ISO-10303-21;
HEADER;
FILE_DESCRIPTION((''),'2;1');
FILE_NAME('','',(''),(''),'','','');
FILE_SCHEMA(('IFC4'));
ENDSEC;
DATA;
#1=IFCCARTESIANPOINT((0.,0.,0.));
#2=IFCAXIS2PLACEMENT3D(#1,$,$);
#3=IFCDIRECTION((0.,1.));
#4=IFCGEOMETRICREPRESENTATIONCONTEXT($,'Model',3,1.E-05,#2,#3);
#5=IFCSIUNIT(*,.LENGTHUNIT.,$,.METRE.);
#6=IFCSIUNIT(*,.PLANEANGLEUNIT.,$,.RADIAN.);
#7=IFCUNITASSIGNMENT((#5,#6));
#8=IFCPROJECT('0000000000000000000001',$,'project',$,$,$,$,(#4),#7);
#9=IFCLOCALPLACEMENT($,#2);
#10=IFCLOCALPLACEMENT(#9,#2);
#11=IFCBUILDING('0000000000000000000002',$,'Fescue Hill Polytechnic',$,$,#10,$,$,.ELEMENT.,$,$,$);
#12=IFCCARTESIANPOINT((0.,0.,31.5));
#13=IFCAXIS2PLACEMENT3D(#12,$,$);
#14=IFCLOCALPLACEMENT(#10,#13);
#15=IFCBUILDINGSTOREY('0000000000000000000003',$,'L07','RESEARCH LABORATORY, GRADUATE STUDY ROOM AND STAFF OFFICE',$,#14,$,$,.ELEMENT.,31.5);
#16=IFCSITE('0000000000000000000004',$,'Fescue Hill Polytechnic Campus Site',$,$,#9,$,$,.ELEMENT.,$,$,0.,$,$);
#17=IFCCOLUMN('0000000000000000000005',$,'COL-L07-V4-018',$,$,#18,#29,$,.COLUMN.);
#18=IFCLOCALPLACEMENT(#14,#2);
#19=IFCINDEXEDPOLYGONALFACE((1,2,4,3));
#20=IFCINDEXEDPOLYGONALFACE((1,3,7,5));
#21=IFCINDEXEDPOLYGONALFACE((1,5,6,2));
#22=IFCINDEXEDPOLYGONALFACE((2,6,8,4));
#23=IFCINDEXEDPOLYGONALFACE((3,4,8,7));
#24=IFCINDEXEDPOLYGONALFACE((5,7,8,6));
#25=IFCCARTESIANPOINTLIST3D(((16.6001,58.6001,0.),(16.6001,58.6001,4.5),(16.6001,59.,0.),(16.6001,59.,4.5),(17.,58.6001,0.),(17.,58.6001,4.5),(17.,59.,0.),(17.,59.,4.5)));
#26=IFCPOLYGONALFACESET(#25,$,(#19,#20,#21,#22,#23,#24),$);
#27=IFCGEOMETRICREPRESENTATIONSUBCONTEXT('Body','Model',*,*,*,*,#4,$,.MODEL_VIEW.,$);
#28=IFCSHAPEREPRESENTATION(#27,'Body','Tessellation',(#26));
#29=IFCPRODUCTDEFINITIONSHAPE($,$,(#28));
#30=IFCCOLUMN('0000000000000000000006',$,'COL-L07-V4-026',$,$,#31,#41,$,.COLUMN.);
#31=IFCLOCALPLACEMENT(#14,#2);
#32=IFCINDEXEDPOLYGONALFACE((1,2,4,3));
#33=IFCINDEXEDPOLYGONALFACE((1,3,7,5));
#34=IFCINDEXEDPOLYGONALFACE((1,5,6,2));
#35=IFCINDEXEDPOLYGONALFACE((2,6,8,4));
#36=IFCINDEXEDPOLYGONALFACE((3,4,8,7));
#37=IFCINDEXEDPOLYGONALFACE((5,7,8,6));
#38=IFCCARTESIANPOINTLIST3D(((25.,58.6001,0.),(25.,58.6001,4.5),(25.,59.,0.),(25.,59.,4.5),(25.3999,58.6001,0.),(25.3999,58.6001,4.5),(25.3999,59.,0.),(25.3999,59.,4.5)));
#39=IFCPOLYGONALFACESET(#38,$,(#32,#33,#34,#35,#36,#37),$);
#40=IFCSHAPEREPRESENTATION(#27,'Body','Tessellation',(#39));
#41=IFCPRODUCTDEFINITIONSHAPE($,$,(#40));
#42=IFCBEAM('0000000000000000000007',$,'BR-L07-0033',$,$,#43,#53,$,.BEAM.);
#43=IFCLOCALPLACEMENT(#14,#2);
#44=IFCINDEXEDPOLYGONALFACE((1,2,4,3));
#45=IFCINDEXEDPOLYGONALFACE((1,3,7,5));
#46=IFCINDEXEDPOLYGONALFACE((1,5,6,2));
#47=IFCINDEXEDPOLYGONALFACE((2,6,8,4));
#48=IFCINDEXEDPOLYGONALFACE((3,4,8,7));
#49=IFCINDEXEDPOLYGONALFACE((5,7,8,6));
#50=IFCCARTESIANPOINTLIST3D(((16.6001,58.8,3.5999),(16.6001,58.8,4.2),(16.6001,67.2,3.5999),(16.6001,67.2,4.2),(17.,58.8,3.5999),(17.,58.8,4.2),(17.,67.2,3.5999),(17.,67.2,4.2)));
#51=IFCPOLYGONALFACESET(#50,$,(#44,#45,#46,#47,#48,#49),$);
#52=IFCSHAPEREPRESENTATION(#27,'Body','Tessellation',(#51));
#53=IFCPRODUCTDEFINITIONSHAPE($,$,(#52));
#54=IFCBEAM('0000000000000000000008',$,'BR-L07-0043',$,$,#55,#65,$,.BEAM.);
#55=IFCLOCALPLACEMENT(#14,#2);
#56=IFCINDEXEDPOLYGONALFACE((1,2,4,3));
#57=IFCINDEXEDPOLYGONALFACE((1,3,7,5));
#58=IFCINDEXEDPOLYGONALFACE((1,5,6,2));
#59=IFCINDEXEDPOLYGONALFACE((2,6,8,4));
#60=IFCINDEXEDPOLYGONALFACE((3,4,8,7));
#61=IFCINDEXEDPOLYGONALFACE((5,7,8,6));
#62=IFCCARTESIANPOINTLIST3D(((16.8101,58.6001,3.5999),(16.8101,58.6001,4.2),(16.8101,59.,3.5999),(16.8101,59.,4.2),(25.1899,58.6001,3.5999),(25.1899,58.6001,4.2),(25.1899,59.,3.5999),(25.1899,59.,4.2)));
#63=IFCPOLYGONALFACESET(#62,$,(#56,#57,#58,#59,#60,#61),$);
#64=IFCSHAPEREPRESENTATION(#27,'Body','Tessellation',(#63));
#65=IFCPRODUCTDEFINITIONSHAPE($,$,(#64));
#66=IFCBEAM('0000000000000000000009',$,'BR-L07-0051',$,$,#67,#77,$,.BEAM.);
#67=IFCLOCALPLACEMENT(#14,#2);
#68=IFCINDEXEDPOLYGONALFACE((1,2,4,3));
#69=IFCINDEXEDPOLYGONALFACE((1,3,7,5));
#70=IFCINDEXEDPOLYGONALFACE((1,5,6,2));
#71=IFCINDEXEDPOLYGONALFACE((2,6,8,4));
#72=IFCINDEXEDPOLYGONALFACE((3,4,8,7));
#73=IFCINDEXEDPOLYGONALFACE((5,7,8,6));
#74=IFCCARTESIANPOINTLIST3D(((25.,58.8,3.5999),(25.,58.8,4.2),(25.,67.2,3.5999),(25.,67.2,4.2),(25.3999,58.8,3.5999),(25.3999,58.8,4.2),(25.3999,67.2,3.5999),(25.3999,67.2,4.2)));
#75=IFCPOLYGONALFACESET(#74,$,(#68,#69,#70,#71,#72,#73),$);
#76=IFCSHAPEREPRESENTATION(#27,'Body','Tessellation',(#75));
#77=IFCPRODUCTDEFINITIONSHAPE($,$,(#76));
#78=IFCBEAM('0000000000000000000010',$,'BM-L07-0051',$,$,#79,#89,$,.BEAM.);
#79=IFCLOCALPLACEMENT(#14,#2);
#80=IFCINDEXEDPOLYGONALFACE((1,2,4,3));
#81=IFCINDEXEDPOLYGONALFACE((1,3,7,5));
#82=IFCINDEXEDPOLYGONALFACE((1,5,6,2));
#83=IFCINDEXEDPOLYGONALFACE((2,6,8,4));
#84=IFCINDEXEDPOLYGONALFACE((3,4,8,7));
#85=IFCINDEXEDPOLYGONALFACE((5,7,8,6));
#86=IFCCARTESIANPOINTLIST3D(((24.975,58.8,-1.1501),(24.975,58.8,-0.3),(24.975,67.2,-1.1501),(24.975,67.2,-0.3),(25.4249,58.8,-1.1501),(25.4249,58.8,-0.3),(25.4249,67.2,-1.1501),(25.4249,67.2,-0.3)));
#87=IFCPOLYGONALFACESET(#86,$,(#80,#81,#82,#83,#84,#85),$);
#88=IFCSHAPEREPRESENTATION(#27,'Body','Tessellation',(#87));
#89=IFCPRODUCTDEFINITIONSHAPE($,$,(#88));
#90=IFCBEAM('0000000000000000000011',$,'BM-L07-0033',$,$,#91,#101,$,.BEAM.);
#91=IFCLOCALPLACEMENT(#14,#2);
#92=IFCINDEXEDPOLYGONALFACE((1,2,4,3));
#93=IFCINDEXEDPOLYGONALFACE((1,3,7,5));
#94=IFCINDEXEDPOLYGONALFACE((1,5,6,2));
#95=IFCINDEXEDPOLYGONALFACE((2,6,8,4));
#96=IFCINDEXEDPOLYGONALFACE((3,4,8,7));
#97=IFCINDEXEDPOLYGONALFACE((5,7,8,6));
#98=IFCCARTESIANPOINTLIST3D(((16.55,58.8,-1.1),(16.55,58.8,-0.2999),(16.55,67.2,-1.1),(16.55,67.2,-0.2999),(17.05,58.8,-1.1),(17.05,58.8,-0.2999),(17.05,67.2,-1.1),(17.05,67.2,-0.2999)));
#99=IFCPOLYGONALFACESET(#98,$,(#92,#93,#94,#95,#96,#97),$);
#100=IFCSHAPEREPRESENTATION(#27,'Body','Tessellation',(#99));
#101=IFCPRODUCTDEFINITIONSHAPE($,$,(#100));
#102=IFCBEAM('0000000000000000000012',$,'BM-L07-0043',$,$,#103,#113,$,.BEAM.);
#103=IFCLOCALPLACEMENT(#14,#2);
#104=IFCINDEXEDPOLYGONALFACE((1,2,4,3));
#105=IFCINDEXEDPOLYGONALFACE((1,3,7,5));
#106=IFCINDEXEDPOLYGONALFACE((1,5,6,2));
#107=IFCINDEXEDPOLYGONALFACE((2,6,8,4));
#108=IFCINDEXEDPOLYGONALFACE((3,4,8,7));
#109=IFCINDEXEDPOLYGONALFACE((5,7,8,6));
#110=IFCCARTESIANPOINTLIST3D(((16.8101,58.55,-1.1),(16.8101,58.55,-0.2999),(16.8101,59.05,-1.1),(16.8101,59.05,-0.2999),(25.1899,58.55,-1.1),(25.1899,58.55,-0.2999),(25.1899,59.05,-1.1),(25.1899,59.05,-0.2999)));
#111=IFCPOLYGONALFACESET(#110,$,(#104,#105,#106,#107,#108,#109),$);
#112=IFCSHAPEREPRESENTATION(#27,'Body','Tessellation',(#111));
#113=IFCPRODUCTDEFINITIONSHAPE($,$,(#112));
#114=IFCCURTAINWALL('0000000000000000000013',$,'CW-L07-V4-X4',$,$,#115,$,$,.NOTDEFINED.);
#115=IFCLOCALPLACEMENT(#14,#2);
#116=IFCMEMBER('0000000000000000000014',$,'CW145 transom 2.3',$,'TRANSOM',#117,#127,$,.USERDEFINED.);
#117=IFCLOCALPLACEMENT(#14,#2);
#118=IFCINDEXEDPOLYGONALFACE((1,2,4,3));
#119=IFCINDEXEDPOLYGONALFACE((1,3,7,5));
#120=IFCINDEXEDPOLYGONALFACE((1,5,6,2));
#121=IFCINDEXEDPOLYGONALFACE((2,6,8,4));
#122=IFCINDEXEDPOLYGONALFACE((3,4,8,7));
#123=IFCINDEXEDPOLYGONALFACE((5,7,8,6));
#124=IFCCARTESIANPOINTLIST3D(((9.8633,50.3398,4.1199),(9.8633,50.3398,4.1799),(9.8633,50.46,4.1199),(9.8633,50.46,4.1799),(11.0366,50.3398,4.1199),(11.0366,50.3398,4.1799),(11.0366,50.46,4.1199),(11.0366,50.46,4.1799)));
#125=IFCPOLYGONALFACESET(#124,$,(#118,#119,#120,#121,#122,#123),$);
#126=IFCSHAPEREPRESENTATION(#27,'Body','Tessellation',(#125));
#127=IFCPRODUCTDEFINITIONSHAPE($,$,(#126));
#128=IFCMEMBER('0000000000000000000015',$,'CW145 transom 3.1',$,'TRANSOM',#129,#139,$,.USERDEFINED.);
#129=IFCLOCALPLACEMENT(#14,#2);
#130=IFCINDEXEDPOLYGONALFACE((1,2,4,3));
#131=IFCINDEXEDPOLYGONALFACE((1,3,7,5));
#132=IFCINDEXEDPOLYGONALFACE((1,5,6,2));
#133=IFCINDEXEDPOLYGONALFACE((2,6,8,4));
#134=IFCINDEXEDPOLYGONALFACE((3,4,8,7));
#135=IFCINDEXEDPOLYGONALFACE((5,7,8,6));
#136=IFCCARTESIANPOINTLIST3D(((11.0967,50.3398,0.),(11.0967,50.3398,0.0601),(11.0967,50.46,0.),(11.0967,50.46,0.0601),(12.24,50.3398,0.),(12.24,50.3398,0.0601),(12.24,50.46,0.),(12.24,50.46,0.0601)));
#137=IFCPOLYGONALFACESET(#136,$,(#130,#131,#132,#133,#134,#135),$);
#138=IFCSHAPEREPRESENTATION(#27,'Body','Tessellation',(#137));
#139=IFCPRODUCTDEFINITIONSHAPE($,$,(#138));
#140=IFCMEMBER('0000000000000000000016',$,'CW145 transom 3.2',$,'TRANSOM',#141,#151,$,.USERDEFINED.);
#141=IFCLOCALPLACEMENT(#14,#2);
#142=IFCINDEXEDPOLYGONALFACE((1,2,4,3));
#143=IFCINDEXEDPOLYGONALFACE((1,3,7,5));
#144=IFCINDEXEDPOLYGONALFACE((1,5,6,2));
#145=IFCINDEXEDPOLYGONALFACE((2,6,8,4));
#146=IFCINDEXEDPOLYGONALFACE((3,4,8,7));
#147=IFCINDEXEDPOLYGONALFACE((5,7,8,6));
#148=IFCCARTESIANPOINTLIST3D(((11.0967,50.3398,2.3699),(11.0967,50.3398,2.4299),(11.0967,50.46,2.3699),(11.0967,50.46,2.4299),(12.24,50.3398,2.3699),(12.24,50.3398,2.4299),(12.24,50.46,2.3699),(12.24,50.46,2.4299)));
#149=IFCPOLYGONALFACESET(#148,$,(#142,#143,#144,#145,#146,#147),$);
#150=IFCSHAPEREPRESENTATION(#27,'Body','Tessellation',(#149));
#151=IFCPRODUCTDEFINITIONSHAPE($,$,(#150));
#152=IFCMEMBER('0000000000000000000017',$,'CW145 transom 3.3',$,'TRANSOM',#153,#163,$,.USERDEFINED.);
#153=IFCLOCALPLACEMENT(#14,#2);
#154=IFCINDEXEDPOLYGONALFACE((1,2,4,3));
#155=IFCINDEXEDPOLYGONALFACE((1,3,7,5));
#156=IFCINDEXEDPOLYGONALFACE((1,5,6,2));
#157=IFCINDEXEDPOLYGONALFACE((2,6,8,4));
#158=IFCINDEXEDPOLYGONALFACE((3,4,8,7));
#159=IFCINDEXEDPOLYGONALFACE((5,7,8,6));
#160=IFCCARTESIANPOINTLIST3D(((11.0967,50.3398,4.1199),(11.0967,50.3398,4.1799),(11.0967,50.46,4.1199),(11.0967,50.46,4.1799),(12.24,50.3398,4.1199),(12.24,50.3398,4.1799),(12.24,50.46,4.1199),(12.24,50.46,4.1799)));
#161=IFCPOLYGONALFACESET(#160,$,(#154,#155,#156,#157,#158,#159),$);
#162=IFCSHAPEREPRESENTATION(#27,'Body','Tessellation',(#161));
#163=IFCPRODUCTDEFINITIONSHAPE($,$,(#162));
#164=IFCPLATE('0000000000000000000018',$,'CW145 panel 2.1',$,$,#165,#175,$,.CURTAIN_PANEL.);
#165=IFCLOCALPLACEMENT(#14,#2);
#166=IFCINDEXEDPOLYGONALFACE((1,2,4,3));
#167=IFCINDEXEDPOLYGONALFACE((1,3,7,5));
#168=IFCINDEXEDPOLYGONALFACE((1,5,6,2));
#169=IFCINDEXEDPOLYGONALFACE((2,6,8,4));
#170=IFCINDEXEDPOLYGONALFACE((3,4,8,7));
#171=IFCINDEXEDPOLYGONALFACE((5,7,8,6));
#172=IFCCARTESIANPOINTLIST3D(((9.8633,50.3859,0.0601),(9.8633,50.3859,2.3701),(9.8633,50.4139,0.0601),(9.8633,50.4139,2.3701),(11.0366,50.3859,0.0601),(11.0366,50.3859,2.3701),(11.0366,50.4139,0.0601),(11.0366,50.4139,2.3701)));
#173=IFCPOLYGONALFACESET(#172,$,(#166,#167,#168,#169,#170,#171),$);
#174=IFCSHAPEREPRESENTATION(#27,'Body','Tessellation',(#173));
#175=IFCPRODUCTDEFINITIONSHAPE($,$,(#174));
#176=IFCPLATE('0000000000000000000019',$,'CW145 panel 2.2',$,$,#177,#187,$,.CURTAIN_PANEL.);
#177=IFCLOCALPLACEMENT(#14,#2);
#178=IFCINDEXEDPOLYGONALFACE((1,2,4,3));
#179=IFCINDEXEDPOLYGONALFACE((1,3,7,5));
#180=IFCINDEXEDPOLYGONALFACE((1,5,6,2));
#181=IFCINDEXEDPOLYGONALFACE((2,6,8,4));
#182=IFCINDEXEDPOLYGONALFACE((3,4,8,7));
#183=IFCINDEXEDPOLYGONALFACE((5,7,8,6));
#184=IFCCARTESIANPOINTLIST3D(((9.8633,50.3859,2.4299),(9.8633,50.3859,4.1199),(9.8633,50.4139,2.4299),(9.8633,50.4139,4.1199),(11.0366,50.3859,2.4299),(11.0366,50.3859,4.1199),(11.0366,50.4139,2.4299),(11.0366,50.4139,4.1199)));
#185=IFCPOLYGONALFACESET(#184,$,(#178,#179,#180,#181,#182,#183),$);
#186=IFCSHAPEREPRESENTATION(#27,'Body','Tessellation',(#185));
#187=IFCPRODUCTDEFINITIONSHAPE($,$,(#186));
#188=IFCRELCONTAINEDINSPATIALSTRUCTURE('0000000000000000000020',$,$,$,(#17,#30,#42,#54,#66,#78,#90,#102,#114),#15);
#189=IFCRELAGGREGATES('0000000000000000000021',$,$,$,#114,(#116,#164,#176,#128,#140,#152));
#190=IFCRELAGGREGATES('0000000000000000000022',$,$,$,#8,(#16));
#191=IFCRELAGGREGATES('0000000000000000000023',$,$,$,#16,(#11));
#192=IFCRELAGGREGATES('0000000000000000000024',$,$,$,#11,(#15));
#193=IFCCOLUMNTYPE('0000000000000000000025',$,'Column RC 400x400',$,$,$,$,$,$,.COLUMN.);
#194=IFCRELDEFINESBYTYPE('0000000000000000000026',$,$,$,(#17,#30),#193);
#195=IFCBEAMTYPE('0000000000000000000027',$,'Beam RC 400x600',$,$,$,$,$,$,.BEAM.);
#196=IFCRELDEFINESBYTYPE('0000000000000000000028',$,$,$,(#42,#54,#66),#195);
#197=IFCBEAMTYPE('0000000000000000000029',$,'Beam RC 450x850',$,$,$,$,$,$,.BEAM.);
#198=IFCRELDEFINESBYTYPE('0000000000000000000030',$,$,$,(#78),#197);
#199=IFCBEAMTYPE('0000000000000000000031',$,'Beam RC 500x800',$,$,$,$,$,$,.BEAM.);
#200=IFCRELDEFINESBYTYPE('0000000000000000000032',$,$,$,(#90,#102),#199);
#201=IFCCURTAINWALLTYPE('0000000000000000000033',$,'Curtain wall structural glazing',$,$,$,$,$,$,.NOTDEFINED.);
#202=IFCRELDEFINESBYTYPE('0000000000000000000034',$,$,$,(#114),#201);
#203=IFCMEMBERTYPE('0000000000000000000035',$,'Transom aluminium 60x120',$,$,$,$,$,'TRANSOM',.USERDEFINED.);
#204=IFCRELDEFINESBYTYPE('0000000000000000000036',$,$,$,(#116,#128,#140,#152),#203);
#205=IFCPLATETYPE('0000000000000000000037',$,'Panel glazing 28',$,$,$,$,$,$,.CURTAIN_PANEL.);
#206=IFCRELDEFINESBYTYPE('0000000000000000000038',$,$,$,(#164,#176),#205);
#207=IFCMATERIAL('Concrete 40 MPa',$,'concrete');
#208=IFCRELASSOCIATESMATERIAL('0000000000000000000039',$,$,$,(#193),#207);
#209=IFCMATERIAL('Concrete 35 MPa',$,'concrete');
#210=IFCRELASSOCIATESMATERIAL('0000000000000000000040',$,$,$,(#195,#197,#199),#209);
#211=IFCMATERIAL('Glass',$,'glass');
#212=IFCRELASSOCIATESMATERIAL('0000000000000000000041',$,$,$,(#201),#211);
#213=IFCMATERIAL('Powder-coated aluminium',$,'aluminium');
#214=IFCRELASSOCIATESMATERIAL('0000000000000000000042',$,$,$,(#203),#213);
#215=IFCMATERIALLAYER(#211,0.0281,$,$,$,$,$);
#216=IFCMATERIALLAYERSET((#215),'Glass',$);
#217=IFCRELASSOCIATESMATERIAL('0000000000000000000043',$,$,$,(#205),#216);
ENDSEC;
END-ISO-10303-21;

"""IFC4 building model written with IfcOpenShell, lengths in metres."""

from ifc_helpers import new_model, si_unit, direction, frame, origin, origin_2d, place, context, subcontext, project, spatial, rectangle, extrude, material, layer, layer_set, material_profile, profile_set, type_object, element, aggregate, save


model = new_model("IFC4")

# Units and contexts
model_context = context("Model", 3, precision=1e-05, world=origin(), true_north=direction((0.0, 1.0)))
body_context = subcontext(model_context, "Body", "Model", "MODEL_VIEW")
ifc_project = project(units=[si_unit("LENGTHUNIT", "METRE"), si_unit("PLANEANGLEUNIT", "RADIAN")], contexts=[model_context])

# Site, building, storey
site_placement = place(None, origin())
site = spatial("IfcSite", under=ifc_project, at=site_placement, Name="Fescue Hill Polytechnic Campus Site", CompositionType="ELEMENT", RefElevation=0.0)
building_placement = place(site_placement, origin())
building = spatial("IfcBuilding", under=site, at=building_placement, Name="Fescue Hill Polytechnic", CompositionType="ELEMENT")
storey_placement = place(building_placement, frame((0.0, 0.0, 31.5)))
storey = spatial("IfcBuildingStorey", under=building, at=storey_placement, Name="L07", Description="RESEARCH LABORATORY, GRADUATE STUDY ROOM AND STAFF OFFICE", CompositionType="ELEMENT", Elevation=31.5)

# Columns
ifc_material_1 = material(Name="Concrete 40 MPa", Category="concrete")
ifc_material_profile_1 = material_profile(ifc_material_1, rectangle(XDim=0.3999, YDim=0.3999, at=origin_2d()), Name="RC 400x400")
ifc_profile_set_1 = profile_set([ifc_material_profile_1], Name="Concrete 40 MPa")
column_type = type_object("IfcColumnType", Name="Column RC 400x400", PredefinedType="COLUMN", material=ifc_profile_set_1)
for number, where, z_axis, x_axis, name in (
    (1, (16.8, 58.8, 0.0), (0.0, 0.0, 1.0), (1.0, 0.0, 0.0), "COL-L07-V4-018"),
    (2, (25.2, 58.8, 0.0), (0.0, 0.0, 1.0), (1.0, 0.0, 0.0), "COL-L07-V4-026"),
):
    element("IfcColumn", number, at=place(storey_placement, frame(where, z_axis=z_axis, x_axis=x_axis)), inside=storey, type_object=column_type, Name=name, PredefinedType="COLUMN", context=body_context, shape_type="SweptSolid", body=[
        extrude(rectangle(XDim=0.3999, YDim=0.3999, at=origin_2d()), origin(), (0.0, 0.0, 1.0), 4.5),
    ])

# Beams
ifc_material_2 = material(Name="Concrete 35 MPa", Category="concrete")
ifc_material_profile_2 = material_profile(ifc_material_2, rectangle(XDim=0.3999, YDim=0.6001, at=origin_2d()), Name="RC 400x600")
ifc_profile_set_2 = profile_set([ifc_material_profile_2], Name="Concrete 35 MPa")
beam_type_1 = type_object("IfcBeamType", Name="Beam RC 400x600", PredefinedType="BEAM", material=ifc_profile_set_2)
beam_1_placement = place(storey_placement, frame((16.8, 58.8, 3.8999), z_axis=(0.0, 1.0, 0.0), x_axis=(-1.0, 0.0, 0.0)))
element("IfcBeam", 3, at=beam_1_placement, inside=storey, type_object=beam_type_1, Name="BR-L07-0033", PredefinedType="BEAM", context=body_context, shape_type="SweptSolid", body=[
    extrude(rectangle(XDim=0.3999, YDim=0.6001, at=origin_2d()), origin(), (0.0, 0.0, 1.0), 8.3999),
])
beam_2_placement = place(storey_placement, frame((16.8101, 58.8, 3.8999), z_axis=(1.0, 0.0, 0.0), x_axis=(0.0, 1.0, 0.0)))
element("IfcBeam", 4, at=beam_2_placement, inside=storey, type_object=beam_type_1, Name="BR-L07-0043", PredefinedType="BEAM", context=body_context, shape_type="SweptSolid", body=[
    extrude(rectangle(XDim=0.3999, YDim=0.6001, at=origin_2d()), origin(), (0.0, 0.0, 1.0), 8.3799),
])
beam_3_placement = place(storey_placement, frame((25.2, 58.8, 3.8999), z_axis=(0.0, 1.0, 0.0), x_axis=(-1.0, 0.0, 0.0)))
element("IfcBeam", 5, at=beam_3_placement, inside=storey, type_object=beam_type_1, Name="BR-L07-0051", PredefinedType="BEAM", context=body_context, shape_type="SweptSolid", body=[
    extrude(rectangle(XDim=0.3999, YDim=0.6001, at=origin_2d()), origin(), (0.0, 0.0, 1.0), 8.3999),
])
ifc_material_profile_3 = material_profile(ifc_material_2, rectangle(XDim=0.45, YDim=0.8501, at=origin_2d()), Name="RC 450x850")
ifc_profile_set_3 = profile_set([ifc_material_profile_3], Name="Concrete 35 MPa")
beam_type_2 = type_object("IfcBeamType", Name="Beam RC 450x850", PredefinedType="BEAM", material=ifc_profile_set_3)
beam_4_placement = place(storey_placement, frame((25.2, 58.8, -0.7251), z_axis=(0.0, 1.0, 0.0), x_axis=(-1.0, 0.0, 0.0)))
element("IfcBeam", 6, at=beam_4_placement, inside=storey, type_object=beam_type_2, Name="BM-L07-0051", PredefinedType="BEAM", context=body_context, shape_type="SweptSolid", body=[
    extrude(rectangle(XDim=0.45, YDim=0.8501, at=origin_2d()), origin(), (0.0, 0.0, 1.0), 8.3999),
])
ifc_material_profile_4 = material_profile(ifc_material_2, rectangle(XDim=0.5, YDim=0.8, at=origin_2d()), Name="RC 500x800")
ifc_profile_set_4 = profile_set([ifc_material_profile_4], Name="Concrete 35 MPa")
beam_type_3 = type_object("IfcBeamType", Name="Beam RC 500x800", PredefinedType="BEAM", material=ifc_profile_set_4)
beam_5_placement = place(storey_placement, frame((16.8, 58.8, -0.7), z_axis=(0.0, 1.0, 0.0), x_axis=(-1.0, 0.0, 0.0)))
element("IfcBeam", 7, at=beam_5_placement, inside=storey, type_object=beam_type_3, Name="BM-L07-0033", PredefinedType="BEAM", context=body_context, shape_type="SweptSolid", body=[
    extrude(rectangle(XDim=0.5, YDim=0.8, at=origin_2d()), origin(), (0.0, 0.0, 1.0), 8.3999),
])
beam_6_placement = place(storey_placement, frame((16.8101, 58.8, -0.7), z_axis=(1.0, 0.0, 0.0), x_axis=(0.0, 1.0, 0.0)))
element("IfcBeam", 8, at=beam_6_placement, inside=storey, type_object=beam_type_3, Name="BM-L07-0043", PredefinedType="BEAM", context=body_context, shape_type="SweptSolid", body=[
    extrude(rectangle(XDim=0.5, YDim=0.8, at=origin_2d()), origin(), (0.0, 0.0, 1.0), 8.3799),
])

# Curtain wall, members, plates
ifc_material_3 = material(Name="Glass", Category="glass")
curtain_wall_type = type_object("IfcCurtainWallType", Name="Curtain wall structural glazing", PredefinedType="NOTDEFINED", material=ifc_material_3)
curtain_wall_placement = place(storey_placement, origin())
curtain_wall = element("IfcCurtainWall", 9, at=curtain_wall_placement, inside=storey, type_object=curtain_wall_type, Name="CW-L07-V4-X4", PredefinedType="NOTDEFINED")
ifc_material_4 = material(Name="Powder-coated aluminium", Category="aluminium")
ifc_material_profile_5 = material_profile(ifc_material_4, rectangle(XDim=0.1201, YDim=0.0601, at=origin_2d()), Name="Transom aluminium 60x120")
ifc_profile_set_5 = profile_set([ifc_material_profile_5], Name="Powder-coated aluminium")
member_type = type_object("IfcMemberType", Name="Transom aluminium 60x120", ElementType="TRANSOM", PredefinedType="USERDEFINED", material=ifc_profile_set_5)
member_1_placement = place(storey_placement, frame((9.8633, 50.3999, 4.1499), z_axis=(1.0, 0.0, 0.0), x_axis=(0.0, 1.0, 0.0)))
member_1 = element("IfcMember", 10, at=member_1_placement, type_object=member_type, Name="CW145 transom 2.3", ObjectType="TRANSOM", PredefinedType="USERDEFINED", context=body_context, shape_type="SweptSolid", body=[
    extrude(rectangle(XDim=0.1201, YDim=0.0601, at=origin_2d()), origin(), (0.0, 0.0, 1.0), 1.1733),
])
member_2_placement = place(storey_placement, frame((11.0967, 50.3999, 0.03), z_axis=(1.0, 0.0, 0.0), x_axis=(0.0, 1.0, 0.0)))
member_2 = element("IfcMember", 11, at=member_2_placement, type_object=member_type, Name="CW145 transom 3.1", ObjectType="TRANSOM", PredefinedType="USERDEFINED", context=body_context, shape_type="SweptSolid", body=[
    extrude(rectangle(XDim=0.1201, YDim=0.0601, at=origin_2d()), origin(), (0.0, 0.0, 1.0), 1.1433),
])
member_3_placement = place(storey_placement, frame((11.0967, 50.3999, 2.3999), z_axis=(1.0, 0.0, 0.0), x_axis=(0.0, 1.0, 0.0)))
member_3 = element("IfcMember", 12, at=member_3_placement, type_object=member_type, Name="CW145 transom 3.2", ObjectType="TRANSOM", PredefinedType="USERDEFINED", context=body_context, shape_type="SweptSolid", body=[
    extrude(rectangle(XDim=0.1201, YDim=0.0601, at=origin_2d()), origin(), (0.0, 0.0, 1.0), 1.1433),
])
member_4_placement = place(storey_placement, frame((11.0967, 50.3999, 4.1499), z_axis=(1.0, 0.0, 0.0), x_axis=(0.0, 1.0, 0.0)))
member_4 = element("IfcMember", 13, at=member_4_placement, type_object=member_type, Name="CW145 transom 3.3", ObjectType="TRANSOM", PredefinedType="USERDEFINED", context=body_context, shape_type="SweptSolid", body=[
    extrude(rectangle(XDim=0.1201, YDim=0.0601, at=origin_2d()), origin(), (0.0, 0.0, 1.0), 1.1433),
])
ifc_layer_1 = layer(ifc_material_3, 0.0281)
ifc_layer_set_1 = layer_set([ifc_layer_1], Name="Glass")
plate_type = type_object("IfcPlateType", Name="Panel glazing 28", PredefinedType="CURTAIN_PANEL", material=ifc_layer_set_1)
plate_1_placement = place(storey_placement, frame((10.45, 50.3999, 0.0601), z_axis=(0.0, 0.0, 1.0), x_axis=(1.0, 0.0, 0.0)))
plate_1 = element("IfcPlate", 14, at=plate_1_placement, type_object=plate_type, Name="CW145 panel 2.1", PredefinedType="CURTAIN_PANEL", context=body_context, shape_type="SweptSolid", body=[
    extrude(rectangle(XDim=1.1733, YDim=0.0281, at=origin_2d()), origin(), (0.0, 0.0, 1.0), 2.3101),
])
plate_2_placement = place(storey_placement, frame((10.45, 50.3999, 2.4299), z_axis=(0.0, 0.0, 1.0), x_axis=(1.0, 0.0, 0.0)))
plate_2 = element("IfcPlate", 15, at=plate_2_placement, type_object=plate_type, Name="CW145 panel 2.2", PredefinedType="CURTAIN_PANEL", context=body_context, shape_type="SweptSolid", body=[
    extrude(rectangle(XDim=1.1733, YDim=0.0281, at=origin_2d()), origin(), (0.0, 0.0, 1.0), 1.6899),
])
aggregate(curtain_wall, [member_1, plate_1, plate_2, member_2, member_3, member_4])

save(model, "model.ifc")
